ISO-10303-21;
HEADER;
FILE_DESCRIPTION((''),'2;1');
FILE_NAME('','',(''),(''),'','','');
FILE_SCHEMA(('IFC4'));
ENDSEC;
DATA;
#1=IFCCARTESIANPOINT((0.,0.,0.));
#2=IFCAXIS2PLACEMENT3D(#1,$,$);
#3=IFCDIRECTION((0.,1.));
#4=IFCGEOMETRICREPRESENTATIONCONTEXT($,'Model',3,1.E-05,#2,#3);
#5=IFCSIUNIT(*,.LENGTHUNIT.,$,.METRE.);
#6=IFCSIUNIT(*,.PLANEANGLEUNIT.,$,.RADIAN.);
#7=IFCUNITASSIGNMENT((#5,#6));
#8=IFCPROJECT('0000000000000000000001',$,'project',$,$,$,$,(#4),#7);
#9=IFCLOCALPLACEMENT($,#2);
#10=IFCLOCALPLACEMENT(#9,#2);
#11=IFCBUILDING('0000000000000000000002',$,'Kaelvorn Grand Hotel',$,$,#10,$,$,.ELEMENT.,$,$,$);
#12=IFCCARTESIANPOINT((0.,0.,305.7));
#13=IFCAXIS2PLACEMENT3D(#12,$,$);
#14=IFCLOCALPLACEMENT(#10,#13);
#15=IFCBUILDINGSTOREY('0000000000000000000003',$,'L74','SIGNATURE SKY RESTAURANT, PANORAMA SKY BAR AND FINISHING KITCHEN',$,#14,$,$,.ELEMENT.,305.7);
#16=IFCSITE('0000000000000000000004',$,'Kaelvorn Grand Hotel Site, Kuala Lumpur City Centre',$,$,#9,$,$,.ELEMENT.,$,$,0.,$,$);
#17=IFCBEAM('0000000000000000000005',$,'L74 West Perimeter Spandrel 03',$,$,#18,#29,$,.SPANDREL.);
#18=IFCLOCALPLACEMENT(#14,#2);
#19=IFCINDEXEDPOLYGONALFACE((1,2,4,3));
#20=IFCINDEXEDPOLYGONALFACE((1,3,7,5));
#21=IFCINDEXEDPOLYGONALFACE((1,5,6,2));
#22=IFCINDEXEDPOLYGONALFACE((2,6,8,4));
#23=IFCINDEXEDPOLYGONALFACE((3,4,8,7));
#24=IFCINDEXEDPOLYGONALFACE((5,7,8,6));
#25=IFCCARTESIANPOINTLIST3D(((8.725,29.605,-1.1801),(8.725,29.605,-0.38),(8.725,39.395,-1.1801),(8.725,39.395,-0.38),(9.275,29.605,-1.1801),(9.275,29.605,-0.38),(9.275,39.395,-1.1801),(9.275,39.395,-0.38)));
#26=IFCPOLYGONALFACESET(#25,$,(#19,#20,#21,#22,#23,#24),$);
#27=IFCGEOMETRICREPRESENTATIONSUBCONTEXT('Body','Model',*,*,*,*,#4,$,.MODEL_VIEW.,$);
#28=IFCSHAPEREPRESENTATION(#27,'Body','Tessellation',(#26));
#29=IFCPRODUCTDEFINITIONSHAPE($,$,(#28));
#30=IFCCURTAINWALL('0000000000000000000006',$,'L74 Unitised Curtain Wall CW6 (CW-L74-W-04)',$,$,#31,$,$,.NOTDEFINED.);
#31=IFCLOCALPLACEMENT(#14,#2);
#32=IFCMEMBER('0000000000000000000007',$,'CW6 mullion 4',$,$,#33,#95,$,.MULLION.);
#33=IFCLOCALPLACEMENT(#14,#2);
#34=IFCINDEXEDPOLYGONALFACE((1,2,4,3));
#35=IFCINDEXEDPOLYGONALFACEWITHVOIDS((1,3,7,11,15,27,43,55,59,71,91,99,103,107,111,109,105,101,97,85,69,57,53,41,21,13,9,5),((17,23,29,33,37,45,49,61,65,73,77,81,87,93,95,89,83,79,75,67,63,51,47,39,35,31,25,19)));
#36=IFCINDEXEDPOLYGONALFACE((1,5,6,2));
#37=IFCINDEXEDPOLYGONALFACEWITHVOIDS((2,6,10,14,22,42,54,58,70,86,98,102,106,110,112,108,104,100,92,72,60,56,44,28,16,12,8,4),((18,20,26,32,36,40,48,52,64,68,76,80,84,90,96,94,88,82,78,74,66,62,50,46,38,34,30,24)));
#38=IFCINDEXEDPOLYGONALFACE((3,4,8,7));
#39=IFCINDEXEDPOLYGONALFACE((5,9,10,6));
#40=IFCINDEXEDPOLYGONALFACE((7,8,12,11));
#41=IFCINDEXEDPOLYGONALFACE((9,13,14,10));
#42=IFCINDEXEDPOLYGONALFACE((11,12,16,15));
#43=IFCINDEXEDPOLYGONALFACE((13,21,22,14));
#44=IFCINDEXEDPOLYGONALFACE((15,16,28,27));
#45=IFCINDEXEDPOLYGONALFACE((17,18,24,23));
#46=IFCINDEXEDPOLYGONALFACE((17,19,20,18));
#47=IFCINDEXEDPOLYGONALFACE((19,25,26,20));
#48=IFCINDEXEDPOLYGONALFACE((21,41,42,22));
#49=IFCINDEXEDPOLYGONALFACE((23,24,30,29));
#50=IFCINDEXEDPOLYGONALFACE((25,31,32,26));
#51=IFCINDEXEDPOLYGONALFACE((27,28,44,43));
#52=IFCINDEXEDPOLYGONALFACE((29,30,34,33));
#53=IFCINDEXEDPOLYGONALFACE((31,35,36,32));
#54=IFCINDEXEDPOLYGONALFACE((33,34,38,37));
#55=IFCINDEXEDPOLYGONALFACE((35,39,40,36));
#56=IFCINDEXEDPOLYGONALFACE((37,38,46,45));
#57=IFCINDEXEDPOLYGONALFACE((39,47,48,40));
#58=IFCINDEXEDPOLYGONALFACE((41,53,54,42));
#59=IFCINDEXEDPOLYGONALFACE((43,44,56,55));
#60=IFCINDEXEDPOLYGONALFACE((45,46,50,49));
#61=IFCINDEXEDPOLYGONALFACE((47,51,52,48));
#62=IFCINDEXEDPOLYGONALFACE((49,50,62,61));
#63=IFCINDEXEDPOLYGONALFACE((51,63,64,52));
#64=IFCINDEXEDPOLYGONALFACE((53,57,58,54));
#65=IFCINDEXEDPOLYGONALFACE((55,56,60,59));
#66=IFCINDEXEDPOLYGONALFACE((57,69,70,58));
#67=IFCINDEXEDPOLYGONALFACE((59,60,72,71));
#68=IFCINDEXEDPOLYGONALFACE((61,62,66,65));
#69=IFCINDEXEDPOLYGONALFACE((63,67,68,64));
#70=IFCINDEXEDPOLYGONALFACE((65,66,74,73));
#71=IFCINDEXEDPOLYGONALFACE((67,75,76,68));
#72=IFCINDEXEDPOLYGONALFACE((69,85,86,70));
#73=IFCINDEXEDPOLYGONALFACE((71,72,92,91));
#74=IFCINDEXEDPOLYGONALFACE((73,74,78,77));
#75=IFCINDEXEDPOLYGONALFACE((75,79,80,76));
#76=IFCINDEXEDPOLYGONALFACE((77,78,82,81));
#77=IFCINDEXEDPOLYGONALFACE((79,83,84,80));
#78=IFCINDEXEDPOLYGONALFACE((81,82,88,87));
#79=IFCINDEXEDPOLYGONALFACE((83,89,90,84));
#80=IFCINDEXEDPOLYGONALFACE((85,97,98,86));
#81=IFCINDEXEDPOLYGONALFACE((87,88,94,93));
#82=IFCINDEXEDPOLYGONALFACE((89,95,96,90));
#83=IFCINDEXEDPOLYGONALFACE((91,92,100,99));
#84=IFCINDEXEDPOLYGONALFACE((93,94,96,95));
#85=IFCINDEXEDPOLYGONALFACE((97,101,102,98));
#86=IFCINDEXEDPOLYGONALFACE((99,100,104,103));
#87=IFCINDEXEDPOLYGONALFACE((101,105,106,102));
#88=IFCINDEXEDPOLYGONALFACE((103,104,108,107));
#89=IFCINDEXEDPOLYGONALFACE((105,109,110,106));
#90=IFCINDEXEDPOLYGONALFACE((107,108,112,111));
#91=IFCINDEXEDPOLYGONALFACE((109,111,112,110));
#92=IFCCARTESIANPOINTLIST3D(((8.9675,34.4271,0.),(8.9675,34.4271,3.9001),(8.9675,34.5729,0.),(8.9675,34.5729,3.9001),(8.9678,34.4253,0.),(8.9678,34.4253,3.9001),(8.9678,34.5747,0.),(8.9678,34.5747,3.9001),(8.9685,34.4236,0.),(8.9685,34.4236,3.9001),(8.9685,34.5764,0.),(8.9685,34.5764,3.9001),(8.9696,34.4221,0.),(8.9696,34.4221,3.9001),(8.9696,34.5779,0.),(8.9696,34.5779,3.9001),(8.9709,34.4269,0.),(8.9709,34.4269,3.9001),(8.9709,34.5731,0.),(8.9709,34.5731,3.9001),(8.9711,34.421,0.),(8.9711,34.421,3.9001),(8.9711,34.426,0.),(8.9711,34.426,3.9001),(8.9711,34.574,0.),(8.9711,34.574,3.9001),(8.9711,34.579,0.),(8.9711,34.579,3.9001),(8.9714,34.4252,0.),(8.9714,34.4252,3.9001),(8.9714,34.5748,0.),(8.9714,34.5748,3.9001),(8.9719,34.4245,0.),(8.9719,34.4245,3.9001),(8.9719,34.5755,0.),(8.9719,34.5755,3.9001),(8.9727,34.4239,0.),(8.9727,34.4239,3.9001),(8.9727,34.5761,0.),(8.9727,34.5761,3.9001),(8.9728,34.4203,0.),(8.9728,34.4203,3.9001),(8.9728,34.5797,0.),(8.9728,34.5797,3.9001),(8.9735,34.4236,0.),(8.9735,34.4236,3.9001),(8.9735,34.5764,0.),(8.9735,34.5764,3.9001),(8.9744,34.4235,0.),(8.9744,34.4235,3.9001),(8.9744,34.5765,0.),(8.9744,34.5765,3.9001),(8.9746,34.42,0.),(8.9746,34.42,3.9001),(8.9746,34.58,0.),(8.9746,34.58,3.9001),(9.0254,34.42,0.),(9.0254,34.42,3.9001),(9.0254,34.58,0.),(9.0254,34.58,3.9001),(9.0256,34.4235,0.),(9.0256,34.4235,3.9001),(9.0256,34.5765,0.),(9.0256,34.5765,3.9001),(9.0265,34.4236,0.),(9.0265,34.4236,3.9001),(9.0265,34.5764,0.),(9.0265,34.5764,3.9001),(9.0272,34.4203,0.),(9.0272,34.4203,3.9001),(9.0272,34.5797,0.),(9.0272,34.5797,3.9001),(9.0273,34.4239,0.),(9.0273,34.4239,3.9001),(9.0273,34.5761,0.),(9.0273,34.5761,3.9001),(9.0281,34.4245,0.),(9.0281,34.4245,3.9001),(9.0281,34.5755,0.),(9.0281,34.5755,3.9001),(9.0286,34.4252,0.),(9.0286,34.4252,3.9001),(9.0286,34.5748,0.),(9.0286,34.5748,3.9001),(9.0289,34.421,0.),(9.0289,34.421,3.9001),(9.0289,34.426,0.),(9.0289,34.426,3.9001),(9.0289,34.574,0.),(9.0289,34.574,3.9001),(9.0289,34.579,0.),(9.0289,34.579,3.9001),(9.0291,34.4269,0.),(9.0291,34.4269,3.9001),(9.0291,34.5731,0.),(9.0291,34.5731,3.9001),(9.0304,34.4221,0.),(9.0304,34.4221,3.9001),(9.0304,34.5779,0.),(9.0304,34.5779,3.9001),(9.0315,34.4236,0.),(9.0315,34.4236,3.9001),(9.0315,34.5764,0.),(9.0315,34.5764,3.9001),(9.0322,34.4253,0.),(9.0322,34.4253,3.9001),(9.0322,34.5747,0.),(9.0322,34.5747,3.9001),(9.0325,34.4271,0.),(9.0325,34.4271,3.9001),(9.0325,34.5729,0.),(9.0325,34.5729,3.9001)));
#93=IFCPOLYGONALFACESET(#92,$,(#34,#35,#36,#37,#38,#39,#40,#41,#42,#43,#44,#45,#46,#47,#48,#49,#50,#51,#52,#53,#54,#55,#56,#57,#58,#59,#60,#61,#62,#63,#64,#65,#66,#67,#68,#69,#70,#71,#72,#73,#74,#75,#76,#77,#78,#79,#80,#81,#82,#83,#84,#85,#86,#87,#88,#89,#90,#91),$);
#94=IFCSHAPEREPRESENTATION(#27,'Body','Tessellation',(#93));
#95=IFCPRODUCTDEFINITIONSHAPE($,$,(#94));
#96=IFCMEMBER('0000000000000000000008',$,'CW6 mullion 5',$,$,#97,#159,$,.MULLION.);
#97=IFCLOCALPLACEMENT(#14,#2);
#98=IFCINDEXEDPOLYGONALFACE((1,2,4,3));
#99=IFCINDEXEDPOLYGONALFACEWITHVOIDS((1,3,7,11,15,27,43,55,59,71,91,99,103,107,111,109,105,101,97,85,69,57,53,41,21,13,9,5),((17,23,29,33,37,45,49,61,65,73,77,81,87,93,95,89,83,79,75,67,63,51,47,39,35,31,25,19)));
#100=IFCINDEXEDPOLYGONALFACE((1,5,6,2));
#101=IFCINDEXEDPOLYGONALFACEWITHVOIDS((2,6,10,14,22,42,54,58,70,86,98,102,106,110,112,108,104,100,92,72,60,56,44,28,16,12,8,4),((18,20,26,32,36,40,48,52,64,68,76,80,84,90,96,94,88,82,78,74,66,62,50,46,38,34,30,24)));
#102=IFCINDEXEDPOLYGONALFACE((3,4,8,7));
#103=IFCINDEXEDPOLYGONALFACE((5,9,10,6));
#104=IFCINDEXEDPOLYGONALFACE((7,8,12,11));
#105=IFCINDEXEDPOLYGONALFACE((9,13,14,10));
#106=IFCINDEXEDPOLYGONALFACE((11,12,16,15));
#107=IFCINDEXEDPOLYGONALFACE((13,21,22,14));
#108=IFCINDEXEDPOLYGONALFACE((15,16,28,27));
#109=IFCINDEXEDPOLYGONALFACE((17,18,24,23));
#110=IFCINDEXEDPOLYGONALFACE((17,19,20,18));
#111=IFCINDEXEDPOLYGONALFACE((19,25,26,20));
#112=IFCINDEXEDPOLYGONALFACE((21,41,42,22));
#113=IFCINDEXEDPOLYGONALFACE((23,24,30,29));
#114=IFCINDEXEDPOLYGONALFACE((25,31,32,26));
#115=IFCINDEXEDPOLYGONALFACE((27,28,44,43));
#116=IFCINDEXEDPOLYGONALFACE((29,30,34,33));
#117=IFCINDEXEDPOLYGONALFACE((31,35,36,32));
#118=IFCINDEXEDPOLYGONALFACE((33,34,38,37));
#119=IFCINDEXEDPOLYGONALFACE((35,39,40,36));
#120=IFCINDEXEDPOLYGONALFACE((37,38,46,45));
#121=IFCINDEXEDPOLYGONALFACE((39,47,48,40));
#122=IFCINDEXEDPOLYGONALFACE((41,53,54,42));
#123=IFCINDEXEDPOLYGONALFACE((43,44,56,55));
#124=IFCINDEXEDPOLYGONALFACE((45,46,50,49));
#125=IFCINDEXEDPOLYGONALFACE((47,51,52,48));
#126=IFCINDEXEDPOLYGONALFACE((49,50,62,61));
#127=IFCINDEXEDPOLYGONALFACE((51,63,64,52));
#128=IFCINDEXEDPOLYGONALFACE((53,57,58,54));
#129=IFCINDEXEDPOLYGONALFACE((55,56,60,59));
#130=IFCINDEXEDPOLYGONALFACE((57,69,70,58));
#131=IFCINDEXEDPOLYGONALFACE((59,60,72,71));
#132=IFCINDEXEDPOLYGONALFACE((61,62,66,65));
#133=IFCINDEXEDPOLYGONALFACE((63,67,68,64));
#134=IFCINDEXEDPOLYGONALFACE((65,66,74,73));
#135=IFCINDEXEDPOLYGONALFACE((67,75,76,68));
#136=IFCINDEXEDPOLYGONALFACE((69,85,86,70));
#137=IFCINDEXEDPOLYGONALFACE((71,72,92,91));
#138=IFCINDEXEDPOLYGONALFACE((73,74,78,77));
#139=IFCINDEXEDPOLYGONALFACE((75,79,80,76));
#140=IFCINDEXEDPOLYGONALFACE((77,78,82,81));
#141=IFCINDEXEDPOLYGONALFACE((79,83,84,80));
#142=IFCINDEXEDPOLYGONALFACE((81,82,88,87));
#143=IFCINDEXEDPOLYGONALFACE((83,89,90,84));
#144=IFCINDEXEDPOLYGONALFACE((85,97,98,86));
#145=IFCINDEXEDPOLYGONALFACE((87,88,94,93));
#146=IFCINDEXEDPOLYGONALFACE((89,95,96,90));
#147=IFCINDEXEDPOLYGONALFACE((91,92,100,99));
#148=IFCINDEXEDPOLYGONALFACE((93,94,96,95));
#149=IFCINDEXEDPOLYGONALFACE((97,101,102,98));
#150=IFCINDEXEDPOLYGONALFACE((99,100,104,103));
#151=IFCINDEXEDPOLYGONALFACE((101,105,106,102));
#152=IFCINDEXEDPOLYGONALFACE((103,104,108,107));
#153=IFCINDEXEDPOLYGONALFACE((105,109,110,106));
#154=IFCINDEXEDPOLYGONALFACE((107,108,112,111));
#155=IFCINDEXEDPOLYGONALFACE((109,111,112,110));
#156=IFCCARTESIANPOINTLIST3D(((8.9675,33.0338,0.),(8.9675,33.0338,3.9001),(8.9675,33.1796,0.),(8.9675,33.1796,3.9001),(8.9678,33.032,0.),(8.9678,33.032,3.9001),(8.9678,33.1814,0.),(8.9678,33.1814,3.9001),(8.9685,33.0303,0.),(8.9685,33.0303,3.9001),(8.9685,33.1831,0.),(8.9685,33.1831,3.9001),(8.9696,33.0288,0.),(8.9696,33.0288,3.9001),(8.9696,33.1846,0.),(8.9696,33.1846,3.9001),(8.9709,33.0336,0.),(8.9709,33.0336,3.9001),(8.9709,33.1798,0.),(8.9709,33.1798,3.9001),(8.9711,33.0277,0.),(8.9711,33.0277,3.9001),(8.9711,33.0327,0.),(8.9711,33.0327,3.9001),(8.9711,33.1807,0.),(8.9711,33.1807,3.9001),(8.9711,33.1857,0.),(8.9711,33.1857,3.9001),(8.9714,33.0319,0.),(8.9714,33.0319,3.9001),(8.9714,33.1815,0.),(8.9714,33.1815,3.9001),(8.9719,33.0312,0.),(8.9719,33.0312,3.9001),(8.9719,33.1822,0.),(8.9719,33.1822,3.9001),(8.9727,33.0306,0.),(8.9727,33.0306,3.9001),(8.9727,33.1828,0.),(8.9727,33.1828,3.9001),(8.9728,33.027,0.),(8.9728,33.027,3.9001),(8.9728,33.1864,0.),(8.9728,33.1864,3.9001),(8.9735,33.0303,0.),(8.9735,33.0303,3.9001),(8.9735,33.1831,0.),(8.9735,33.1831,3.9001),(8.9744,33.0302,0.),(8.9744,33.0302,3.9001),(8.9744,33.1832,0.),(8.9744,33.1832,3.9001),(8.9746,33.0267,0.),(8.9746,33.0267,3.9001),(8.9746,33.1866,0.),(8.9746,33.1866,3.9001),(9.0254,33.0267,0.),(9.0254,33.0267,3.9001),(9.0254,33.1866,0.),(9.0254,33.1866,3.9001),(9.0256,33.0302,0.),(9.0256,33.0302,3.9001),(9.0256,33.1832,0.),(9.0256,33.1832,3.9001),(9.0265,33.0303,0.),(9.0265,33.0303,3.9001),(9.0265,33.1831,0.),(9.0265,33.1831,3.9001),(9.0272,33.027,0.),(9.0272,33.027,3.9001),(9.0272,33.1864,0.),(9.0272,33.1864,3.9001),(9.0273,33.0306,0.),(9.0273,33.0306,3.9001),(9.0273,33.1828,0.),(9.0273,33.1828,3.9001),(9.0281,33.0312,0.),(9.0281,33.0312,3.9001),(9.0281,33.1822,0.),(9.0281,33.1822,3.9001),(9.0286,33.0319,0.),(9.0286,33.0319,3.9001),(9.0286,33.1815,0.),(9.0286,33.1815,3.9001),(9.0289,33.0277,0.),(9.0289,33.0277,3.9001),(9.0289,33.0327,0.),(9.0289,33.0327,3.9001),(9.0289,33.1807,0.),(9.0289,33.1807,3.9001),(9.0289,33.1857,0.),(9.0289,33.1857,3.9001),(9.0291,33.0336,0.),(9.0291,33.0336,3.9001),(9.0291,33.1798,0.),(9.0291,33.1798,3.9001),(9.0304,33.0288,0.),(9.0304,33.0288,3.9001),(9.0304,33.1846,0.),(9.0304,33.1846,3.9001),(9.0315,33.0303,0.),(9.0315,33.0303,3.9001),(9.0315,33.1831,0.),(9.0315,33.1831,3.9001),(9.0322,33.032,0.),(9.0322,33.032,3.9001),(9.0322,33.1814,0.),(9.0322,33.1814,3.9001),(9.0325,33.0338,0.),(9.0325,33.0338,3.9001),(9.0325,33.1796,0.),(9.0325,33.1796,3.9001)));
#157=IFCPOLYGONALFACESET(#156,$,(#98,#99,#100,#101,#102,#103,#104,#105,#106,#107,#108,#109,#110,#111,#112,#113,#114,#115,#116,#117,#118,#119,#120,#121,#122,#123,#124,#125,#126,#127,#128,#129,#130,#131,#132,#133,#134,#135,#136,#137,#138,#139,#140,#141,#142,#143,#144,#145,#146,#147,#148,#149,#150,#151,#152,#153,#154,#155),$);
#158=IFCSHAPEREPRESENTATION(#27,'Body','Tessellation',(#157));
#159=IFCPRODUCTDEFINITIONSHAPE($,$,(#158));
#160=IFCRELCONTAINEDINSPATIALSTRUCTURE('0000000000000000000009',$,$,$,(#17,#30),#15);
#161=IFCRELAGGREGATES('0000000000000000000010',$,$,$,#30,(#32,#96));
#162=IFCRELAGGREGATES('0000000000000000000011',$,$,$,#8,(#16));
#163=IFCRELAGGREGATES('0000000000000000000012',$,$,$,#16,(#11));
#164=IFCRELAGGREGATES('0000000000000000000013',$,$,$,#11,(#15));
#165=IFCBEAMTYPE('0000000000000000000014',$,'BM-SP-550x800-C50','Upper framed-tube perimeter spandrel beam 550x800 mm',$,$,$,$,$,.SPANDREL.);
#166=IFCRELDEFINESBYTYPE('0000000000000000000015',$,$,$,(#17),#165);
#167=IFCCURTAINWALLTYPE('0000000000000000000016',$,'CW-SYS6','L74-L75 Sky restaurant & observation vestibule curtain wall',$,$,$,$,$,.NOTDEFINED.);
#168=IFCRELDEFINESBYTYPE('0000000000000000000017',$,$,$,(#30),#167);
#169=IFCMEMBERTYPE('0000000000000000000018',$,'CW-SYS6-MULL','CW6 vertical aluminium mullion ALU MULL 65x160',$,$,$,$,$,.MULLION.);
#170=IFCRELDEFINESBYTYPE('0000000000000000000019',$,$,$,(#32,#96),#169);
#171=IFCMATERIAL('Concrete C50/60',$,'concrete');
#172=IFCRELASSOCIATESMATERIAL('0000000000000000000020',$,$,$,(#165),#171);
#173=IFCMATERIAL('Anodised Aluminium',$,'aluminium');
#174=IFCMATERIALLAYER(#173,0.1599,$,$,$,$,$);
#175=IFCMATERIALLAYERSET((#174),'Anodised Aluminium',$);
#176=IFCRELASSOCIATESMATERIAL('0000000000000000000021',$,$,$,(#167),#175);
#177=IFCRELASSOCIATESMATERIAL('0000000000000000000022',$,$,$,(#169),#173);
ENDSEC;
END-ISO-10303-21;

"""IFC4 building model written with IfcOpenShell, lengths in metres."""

from ifc_helpers import new_model, si_unit, direction, frame, origin, origin_2d, place, context, subcontext, project, spatial, rectangle, hollow_rectangle, extrude, material, layer, layer_set, material_profile, profile_set, type_object, element, aggregate, save


model = new_model("IFC4")

# Units and contexts
model_context = context("Model", 3, precision=1e-05, world=origin(), true_north=direction((0.0, 1.0)))
body_context = subcontext(model_context, "Body", "Model", "MODEL_VIEW")
ifc_project = project(units=[si_unit("LENGTHUNIT", "METRE"), si_unit("PLANEANGLEUNIT", "RADIAN")], contexts=[model_context])

# Site, building, storey
site_placement = place(None, origin())
site = spatial("IfcSite", under=ifc_project, at=site_placement, Name="Kaelvorn Grand Hotel Site, Kuala Lumpur City Centre", CompositionType="ELEMENT", RefElevation=0.0)
building_placement = place(site_placement, origin())
building = spatial("IfcBuilding", under=site, at=building_placement, Name="Kaelvorn Grand Hotel", CompositionType="ELEMENT")
storey_placement = place(building_placement, frame((0.0, 0.0, 305.7)))
storey = spatial("IfcBuildingStorey", under=building, at=storey_placement, Name="L74", Description="SIGNATURE SKY RESTAURANT, PANORAMA SKY BAR AND FINISHING KITCHEN", CompositionType="ELEMENT", Elevation=305.7)

# Beam
ifc_material_1 = material(Name="Concrete C50/60", Category="concrete")
ifc_material_profile_1 = material_profile(ifc_material_1, rectangle(XDim=0.55, YDim=0.8, at=origin_2d()), Name="RC SPANDREL 550x800")
ifc_profile_set_1 = profile_set([ifc_material_profile_1], Name="Concrete C50/60")
beam_type = type_object("IfcBeamType", Name="BM-SP-550x800-C50", Description="Upper framed-tube perimeter spandrel beam 550x800 mm", PredefinedType="SPANDREL", material=ifc_profile_set_1)
beam_placement = place(storey_placement, frame((9.0, 29.605, -0.78), z_axis=(0.0, 1.0, 0.0), x_axis=(-1.0, 0.0, 0.0)))
element("IfcBeam", 1, at=beam_placement, inside=storey, type_object=beam_type, Name="L74 West Perimeter Spandrel 03", PredefinedType="SPANDREL", context=body_context, shape_type="SweptSolid", body=[
    extrude(rectangle(XDim=0.55, YDim=0.8, at=origin_2d()), origin(), (0.0, 0.0, 1.0), 9.79),
])

# Curtain wall, members
ifc_material_2 = material(Name="Anodised Aluminium", Category="aluminium")
ifc_layer_1 = layer(ifc_material_2, 0.1599)
ifc_layer_set_1 = layer_set([ifc_layer_1], Name="Anodised Aluminium")
curtain_wall_type = type_object("IfcCurtainWallType", Name="CW-SYS6", Description="L74-L75 Sky restaurant & observation vestibule curtain wall", PredefinedType="NOTDEFINED", material=ifc_layer_set_1)
curtain_wall_placement = place(storey_placement, origin())
curtain_wall = element("IfcCurtainWall", 2, at=curtain_wall_placement, inside=storey, type_object=curtain_wall_type, Name="L74 Unitised Curtain Wall CW6 (CW-L74-W-04)", PredefinedType="NOTDEFINED")
ifc_material_profile_2 = material_profile(ifc_material_2, hollow_rectangle(XDim=0.0649, YDim=0.1599, WallThickness=0.0034, InnerFilletRadius=0.0034, OuterFilletRadius=0.0071, at=origin_2d()), Name="ALU MULL 65x160")
ifc_profile_set_2 = profile_set([ifc_material_profile_2], Name="Anodised Aluminium")
member_type_1 = type_object("IfcMemberType", Name="CW-SYS6-MULL", Description="CW6 vertical aluminium mullion ALU MULL 65x160", PredefinedType="MULLION", material=ifc_profile_set_2)
member_1_placement = place(storey_placement, frame((9.0, 34.5, 0.0), z_axis=(0.0, 0.0, 1.0), x_axis=(1.0, 0.0, 0.0)))
member_1 = element("IfcMember", 3, at=member_1_placement, type_object=member_type_1, Name="CW6 mullion 4", PredefinedType="MULLION", context=body_context, shape_type="SweptSolid", body=[
    extrude(hollow_rectangle(XDim=0.0649, YDim=0.1599, WallThickness=0.0034, InnerFilletRadius=0.0034, OuterFilletRadius=0.0071, at=origin_2d()), origin(), (0.0, 0.0, 1.0), 3.9001),
])
member_2_placement = place(storey_placement, frame((9.0, 33.1067, 0.0), z_axis=(0.0, 0.0, 1.0), x_axis=(1.0, 0.0, 0.0)))
member_2 = element("IfcMember", 4, at=member_2_placement, type_object=member_type_1, Name="CW6 mullion 5", PredefinedType="MULLION", context=body_context, shape_type="SweptSolid", body=[
    extrude(hollow_rectangle(XDim=0.0649, YDim=0.1599, WallThickness=0.0034, InnerFilletRadius=0.0034, OuterFilletRadius=0.0071, at=origin_2d()), origin(), (0.0, 0.0, 1.0), 3.9001),
])
aggregate(curtain_wall, [member_1, member_2])

save(model, "model.ifc")
